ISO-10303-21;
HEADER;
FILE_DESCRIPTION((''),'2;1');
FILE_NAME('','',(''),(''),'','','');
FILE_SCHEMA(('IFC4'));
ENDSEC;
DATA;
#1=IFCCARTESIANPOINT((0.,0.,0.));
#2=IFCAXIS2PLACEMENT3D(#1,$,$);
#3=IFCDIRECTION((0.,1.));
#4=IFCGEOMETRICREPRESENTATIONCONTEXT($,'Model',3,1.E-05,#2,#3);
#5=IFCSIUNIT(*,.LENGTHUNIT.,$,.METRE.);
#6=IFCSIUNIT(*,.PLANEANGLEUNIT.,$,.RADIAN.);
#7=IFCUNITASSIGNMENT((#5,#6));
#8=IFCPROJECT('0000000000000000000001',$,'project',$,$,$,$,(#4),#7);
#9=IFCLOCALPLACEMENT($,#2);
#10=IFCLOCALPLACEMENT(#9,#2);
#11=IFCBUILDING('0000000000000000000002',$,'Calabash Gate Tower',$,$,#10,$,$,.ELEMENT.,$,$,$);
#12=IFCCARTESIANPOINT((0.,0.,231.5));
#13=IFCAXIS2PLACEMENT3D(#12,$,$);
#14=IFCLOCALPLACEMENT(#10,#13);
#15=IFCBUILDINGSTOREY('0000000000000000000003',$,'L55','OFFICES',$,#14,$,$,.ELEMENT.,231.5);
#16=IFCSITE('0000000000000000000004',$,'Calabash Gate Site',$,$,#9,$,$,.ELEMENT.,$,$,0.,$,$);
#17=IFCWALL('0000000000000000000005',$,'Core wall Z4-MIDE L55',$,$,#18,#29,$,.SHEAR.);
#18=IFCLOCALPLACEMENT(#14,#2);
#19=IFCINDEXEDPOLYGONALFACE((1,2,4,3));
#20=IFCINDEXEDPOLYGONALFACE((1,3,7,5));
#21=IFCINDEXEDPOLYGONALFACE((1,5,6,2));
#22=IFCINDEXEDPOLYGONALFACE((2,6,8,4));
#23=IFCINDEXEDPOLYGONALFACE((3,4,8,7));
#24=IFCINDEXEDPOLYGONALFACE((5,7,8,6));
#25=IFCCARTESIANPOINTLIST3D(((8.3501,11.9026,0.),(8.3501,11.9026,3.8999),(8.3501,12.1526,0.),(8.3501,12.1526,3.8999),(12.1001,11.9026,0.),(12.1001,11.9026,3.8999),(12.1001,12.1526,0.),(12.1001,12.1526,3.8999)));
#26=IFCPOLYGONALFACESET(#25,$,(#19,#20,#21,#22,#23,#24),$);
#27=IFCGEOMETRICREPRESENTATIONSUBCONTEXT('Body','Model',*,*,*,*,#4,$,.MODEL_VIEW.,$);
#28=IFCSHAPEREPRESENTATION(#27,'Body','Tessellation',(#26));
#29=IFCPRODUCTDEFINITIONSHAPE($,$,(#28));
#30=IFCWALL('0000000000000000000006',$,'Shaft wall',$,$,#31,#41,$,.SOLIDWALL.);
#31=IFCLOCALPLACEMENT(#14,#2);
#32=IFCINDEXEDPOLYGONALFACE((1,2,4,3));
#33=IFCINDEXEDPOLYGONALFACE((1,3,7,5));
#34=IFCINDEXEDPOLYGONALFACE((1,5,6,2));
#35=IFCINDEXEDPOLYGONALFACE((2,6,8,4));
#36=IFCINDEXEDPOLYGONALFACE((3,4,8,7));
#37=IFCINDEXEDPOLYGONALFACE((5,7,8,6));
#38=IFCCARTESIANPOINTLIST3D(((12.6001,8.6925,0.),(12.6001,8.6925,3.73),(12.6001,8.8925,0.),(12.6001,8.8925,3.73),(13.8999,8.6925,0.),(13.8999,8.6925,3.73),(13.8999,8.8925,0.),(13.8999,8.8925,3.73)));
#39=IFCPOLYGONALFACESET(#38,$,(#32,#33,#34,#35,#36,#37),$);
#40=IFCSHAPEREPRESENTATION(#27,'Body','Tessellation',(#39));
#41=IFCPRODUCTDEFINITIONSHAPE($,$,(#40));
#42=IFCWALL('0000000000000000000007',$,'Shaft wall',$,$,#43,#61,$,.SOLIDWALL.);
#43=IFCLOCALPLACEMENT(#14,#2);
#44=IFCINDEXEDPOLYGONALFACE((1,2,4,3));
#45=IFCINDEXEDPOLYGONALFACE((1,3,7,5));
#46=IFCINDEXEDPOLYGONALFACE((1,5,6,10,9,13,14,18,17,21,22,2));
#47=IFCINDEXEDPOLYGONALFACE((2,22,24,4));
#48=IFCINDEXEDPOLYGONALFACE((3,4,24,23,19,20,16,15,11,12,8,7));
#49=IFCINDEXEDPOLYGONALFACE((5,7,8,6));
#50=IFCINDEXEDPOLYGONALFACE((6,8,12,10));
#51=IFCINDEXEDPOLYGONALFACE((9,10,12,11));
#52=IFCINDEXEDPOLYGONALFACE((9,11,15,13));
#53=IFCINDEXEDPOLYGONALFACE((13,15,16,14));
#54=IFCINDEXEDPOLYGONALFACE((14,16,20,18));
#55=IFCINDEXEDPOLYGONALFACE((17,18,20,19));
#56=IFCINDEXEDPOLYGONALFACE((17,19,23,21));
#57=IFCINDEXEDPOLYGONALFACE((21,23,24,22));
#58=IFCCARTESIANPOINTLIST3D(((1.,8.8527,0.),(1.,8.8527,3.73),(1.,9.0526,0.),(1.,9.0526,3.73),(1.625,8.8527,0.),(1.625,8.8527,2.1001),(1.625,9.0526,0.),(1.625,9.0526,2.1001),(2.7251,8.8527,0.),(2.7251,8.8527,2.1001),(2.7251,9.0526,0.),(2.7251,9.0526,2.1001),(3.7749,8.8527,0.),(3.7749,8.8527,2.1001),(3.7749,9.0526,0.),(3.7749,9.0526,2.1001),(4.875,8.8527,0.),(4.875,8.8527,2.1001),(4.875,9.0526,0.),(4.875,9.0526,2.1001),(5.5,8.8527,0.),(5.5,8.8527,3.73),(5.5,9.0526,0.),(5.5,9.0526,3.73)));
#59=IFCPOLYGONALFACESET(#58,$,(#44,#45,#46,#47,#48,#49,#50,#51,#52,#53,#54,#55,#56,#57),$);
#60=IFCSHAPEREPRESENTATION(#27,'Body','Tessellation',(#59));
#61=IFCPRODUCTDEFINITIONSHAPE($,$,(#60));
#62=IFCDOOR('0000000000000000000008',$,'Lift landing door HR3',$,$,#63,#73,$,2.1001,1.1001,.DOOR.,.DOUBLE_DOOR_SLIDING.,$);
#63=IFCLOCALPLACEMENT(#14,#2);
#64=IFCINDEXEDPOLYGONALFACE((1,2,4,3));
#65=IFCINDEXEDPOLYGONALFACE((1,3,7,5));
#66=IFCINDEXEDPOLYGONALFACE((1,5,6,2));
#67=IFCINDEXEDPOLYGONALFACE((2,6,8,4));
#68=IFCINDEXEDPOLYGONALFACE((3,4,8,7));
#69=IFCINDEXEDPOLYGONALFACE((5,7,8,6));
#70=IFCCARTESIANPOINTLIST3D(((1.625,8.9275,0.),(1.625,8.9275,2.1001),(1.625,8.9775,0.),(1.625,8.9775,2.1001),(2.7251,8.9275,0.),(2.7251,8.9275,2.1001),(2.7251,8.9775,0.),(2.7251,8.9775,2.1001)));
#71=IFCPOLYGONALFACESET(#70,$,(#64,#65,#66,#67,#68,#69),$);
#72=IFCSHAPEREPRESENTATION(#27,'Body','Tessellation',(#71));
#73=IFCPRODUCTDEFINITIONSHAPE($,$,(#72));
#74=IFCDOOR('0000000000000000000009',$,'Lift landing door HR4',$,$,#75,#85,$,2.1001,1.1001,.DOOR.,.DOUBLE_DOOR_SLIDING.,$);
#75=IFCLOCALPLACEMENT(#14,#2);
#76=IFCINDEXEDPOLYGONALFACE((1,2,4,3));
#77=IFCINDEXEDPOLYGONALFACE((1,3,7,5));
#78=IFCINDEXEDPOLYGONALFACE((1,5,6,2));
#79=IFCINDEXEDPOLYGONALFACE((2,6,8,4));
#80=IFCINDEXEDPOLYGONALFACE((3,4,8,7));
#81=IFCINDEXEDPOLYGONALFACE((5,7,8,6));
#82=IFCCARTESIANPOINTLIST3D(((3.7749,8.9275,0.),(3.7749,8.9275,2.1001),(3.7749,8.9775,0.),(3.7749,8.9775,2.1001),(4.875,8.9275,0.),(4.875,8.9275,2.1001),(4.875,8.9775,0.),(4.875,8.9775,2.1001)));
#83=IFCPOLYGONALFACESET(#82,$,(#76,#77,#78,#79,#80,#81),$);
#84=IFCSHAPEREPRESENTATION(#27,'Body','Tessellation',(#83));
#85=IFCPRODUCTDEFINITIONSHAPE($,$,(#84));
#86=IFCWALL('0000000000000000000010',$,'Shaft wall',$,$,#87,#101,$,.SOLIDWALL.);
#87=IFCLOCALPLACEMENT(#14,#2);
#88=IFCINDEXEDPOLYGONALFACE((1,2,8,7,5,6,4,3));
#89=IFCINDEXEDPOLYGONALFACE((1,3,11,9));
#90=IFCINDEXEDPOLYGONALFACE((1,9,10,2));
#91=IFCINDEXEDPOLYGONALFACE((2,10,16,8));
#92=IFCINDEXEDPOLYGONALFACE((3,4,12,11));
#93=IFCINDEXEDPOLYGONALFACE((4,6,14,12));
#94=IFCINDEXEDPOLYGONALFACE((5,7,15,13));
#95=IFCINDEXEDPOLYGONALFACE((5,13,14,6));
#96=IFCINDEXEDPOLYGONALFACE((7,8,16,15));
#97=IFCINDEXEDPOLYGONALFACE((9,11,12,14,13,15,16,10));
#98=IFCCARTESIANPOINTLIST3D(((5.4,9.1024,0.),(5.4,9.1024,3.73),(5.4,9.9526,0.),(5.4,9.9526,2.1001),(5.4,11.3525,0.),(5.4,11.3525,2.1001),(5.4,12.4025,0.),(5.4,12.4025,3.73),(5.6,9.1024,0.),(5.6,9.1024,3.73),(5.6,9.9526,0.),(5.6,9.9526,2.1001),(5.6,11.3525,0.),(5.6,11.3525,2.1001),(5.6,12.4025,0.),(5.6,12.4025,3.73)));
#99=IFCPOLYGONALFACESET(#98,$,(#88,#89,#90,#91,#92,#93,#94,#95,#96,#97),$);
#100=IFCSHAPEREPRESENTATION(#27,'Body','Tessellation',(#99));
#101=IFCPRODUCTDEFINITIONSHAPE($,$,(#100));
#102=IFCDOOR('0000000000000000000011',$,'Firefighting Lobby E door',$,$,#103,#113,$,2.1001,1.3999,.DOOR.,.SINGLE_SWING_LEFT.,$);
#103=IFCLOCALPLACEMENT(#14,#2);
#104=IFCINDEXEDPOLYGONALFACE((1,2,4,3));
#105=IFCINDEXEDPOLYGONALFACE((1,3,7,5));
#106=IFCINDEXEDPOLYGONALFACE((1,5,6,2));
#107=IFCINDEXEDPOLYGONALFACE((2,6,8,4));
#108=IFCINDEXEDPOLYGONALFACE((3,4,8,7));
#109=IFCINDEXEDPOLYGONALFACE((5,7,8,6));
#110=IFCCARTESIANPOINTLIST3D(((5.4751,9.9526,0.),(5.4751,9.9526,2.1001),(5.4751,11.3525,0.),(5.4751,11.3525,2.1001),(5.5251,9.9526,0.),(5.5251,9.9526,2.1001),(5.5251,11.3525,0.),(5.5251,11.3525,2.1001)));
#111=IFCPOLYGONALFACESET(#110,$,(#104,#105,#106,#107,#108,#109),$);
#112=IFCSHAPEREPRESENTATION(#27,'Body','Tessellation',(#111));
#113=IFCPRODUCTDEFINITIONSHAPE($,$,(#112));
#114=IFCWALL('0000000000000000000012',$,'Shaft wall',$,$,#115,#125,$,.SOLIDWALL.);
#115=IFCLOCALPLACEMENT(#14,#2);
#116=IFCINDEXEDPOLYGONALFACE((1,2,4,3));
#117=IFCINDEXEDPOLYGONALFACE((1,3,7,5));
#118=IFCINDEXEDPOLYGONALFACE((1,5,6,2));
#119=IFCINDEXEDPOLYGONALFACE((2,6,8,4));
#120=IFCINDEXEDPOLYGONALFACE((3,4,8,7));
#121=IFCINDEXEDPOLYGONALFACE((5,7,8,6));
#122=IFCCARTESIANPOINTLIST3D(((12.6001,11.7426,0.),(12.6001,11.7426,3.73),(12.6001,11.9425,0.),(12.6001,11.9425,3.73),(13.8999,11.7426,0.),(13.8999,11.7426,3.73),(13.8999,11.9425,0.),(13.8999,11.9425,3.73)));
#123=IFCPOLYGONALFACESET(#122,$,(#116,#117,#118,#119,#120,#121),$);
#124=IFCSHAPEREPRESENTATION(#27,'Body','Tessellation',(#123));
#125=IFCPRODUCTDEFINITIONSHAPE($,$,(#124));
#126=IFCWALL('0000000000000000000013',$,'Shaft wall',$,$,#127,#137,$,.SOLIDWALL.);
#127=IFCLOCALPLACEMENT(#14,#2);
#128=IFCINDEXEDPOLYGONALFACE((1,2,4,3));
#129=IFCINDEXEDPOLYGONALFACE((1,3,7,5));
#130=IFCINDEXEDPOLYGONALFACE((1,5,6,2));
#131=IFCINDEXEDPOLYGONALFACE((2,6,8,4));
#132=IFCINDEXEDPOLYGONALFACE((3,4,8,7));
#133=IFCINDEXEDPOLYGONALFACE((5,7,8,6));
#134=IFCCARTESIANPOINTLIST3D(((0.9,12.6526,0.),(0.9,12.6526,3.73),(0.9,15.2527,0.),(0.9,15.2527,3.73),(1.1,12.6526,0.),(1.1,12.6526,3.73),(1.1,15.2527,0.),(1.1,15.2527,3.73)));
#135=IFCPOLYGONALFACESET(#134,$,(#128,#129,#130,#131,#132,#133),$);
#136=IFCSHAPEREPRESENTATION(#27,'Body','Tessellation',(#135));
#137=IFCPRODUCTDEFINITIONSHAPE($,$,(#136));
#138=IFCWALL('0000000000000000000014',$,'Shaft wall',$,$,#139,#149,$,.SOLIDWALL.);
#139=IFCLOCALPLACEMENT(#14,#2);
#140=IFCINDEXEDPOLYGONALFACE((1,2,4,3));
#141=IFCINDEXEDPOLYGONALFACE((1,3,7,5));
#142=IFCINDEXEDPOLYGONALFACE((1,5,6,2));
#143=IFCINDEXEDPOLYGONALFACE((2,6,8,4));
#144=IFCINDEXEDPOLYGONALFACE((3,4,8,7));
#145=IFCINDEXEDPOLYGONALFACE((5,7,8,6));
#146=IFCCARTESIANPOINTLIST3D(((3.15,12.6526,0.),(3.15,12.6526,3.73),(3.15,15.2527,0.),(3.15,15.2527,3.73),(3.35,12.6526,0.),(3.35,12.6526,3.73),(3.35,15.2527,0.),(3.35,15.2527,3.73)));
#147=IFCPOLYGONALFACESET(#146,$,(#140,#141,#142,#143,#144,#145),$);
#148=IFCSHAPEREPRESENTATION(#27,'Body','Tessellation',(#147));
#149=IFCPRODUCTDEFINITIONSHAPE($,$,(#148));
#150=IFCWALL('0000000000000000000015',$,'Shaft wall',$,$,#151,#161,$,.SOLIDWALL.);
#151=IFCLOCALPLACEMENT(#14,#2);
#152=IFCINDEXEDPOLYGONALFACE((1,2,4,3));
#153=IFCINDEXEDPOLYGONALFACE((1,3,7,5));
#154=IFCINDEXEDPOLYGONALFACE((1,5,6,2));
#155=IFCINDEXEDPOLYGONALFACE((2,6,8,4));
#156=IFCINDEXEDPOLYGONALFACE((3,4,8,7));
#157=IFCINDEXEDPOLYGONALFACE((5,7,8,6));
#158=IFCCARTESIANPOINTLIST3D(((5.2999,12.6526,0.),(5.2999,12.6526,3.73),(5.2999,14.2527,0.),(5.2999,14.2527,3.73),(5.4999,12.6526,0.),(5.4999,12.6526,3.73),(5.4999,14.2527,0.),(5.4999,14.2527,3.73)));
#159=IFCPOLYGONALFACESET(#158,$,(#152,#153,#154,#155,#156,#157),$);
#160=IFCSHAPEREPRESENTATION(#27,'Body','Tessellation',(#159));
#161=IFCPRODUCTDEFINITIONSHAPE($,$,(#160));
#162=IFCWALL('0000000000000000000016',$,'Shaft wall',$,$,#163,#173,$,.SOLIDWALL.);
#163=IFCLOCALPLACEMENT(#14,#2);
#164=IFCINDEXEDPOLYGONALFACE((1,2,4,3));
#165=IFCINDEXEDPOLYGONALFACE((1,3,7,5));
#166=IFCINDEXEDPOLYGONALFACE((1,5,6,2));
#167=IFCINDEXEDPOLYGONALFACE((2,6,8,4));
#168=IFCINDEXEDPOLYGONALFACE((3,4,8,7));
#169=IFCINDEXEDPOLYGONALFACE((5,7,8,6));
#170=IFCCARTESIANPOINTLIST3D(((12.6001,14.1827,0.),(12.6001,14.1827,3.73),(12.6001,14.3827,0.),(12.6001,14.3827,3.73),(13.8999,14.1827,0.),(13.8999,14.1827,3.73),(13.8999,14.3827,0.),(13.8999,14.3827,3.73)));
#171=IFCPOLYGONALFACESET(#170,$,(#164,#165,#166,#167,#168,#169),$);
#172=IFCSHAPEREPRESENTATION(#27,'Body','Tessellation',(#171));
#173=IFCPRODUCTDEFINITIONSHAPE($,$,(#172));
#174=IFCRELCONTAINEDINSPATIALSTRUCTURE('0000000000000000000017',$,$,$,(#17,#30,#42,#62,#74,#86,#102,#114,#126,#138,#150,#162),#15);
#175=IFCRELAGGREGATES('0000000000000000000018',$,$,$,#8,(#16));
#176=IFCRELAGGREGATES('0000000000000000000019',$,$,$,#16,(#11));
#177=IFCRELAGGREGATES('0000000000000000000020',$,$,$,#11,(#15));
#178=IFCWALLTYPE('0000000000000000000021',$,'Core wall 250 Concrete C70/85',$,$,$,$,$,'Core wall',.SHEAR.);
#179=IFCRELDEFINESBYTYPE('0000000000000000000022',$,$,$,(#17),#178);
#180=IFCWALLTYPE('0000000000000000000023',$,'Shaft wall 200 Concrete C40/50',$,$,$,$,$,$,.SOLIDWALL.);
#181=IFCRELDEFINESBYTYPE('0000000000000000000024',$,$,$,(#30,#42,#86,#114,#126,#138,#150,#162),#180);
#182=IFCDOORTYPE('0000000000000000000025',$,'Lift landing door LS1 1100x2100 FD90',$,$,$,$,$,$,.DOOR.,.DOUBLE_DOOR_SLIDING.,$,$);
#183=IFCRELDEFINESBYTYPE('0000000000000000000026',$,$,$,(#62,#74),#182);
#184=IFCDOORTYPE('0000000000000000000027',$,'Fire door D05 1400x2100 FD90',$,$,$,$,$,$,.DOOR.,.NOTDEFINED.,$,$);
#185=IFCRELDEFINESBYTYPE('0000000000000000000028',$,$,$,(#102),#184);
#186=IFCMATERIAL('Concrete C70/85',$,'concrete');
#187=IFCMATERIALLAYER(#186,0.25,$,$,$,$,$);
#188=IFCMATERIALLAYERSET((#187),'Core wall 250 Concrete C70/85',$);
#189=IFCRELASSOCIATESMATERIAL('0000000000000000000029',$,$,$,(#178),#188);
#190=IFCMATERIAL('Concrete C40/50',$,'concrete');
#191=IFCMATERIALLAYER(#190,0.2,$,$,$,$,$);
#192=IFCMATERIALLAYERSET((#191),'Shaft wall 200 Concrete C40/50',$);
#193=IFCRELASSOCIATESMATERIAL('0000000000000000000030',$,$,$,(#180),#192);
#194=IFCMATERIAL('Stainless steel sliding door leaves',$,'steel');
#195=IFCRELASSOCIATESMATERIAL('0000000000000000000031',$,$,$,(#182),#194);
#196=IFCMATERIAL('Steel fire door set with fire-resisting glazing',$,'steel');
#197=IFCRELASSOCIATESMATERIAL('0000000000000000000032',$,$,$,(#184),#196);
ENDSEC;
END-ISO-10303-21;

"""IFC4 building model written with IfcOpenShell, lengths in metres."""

from ifc_helpers import new_model, si_unit, direction, frame, frame_2d, origin, place, context, subcontext, project, spatial, rectangle, extrude, material, layer, layer_set, type_object, element, fill, save


model = new_model("IFC4")

# Units and contexts
model_context = context("Model", 3, precision=1e-05, world=origin(), true_north=direction((0.0, 1.0)))
body_context = subcontext(model_context, "Body", "Model", "MODEL_VIEW")
ifc_project = project(units=[si_unit("LENGTHUNIT", "METRE"), si_unit("PLANEANGLEUNIT", "RADIAN")], contexts=[model_context])

# Site, building, storey
site_placement = place(None, origin())
site = spatial("IfcSite", under=ifc_project, at=site_placement, Name="Calabash Gate Site", CompositionType="ELEMENT", RefElevation=0.0)
building_placement = place(site_placement, origin())
building = spatial("IfcBuilding", under=site, at=building_placement, Name="Calabash Gate Tower", CompositionType="ELEMENT")
storey_placement = place(building_placement, frame((0.0, 0.0, 231.5)))
storey = spatial("IfcBuildingStorey", under=building, at=storey_placement, Name="L55", Description="OFFICES", CompositionType="ELEMENT", Elevation=231.5)

# Walls
ifc_material_1 = material(Name="Concrete C70/85", Category="concrete")
ifc_layer_1 = layer(ifc_material_1, 0.25)
ifc_layer_set_1 = layer_set([ifc_layer_1], Name="Core wall 250 Concrete C70/85")
wall_type_1 = type_object("IfcWallType", Name="Core wall 250 Concrete C70/85", ElementType="Core wall", PredefinedType="SHEAR", material=ifc_layer_set_1)
wall_1_placement = place(storey_placement, frame((8.3501, 12.0276, 0.0), z_axis=(0.0, 0.0, 1.0), x_axis=(1.0, 0.0, 0.0)))
element("IfcWall", 1, at=wall_1_placement, inside=storey, type_object=wall_type_1, Name="Core wall Z4-MIDE L55", PredefinedType="SHEAR", context=body_context, shape_type="SweptSolid", body=[
    extrude(rectangle(XDim=3.75, YDim=0.25, at=frame_2d((1.875, 0.0))), origin(), (0.0, 0.0, 1.0), 3.8999),
])
ifc_material_2 = material(Name="Concrete C40/50", Category="concrete")
ifc_layer_2 = layer(ifc_material_2, 0.2)
ifc_layer_set_2 = layer_set([ifc_layer_2], Name="Shaft wall 200 Concrete C40/50")
wall_type_2 = type_object("IfcWallType", Name="Shaft wall 200 Concrete C40/50", PredefinedType="SOLIDWALL", material=ifc_layer_set_2)
wall_2_placement = place(storey_placement, frame((12.6001, 8.7925, 0.0), z_axis=(0.0, 0.0, 1.0), x_axis=(1.0, 0.0, 0.0)))
element("IfcWall", 2, at=wall_2_placement, inside=storey, type_object=wall_type_2, Name="Shaft wall", PredefinedType="SOLIDWALL", context=body_context, shape_type="SweptSolid", body=[
    extrude(rectangle(XDim=1.2998, YDim=0.2, at=frame_2d((0.6499, 0.0))), origin(), (0.0, 0.0, 1.0), 3.73),
])

# Wall, openings, doors
wall_3_placement = place(storey_placement, frame((1.0, 8.9526, 0.0), z_axis=(0.0, 0.0, 1.0), x_axis=(1.0, 0.0, 0.0)))
wall_3 = element("IfcWall", 3, at=wall_3_placement, inside=storey, type_object=wall_type_2, Name="Shaft wall", PredefinedType="SOLIDWALL", context=body_context, shape_type="SweptSolid", body=[
    extrude(rectangle(XDim=4.5, YDim=0.2, at=frame_2d((2.25, 0.0))), origin(), (0.0, 0.0, 1.0), 3.73),
])
opening_1_placement = place(wall_3_placement, frame((0.625, 0.0, 0.0)))
opening_1 = element("IfcOpeningElement", 4, at=opening_1_placement, cuts=wall_3, PredefinedType="OPENING", context=body_context, shape_type="SweptSolid", body=[
    extrude(rectangle(XDim=1.1001, YDim=2.1001, at=frame_2d((0.55, 1.05))), frame((0.0, 0.1099, 0.0), z_axis=(0.0, -1.0, 0.0), x_axis=(1.0, 0.0, 0.0)), (0.0, 0.0, 1.0), 0.22),
])
opening_2_placement = place(wall_3_placement, frame((2.7749, 0.0, 0.0)))
opening_2 = element("IfcOpeningElement", 5, at=opening_2_placement, cuts=wall_3, PredefinedType="OPENING", context=body_context, shape_type="SweptSolid", body=[
    extrude(rectangle(XDim=1.1001, YDim=2.1001, at=frame_2d((0.55, 1.05))), frame((0.0, 0.1099, 0.0), z_axis=(0.0, -1.0, 0.0), x_axis=(1.0, 0.0, 0.0)), (0.0, 0.0, 1.0), 0.22),
])
ifc_material_3 = material(Name="Stainless steel sliding door leaves", Category="steel")
door_type_1 = type_object("IfcDoorType", Name="Lift landing door LS1 1100x2100 FD90", OperationType="DOUBLE_DOOR_SLIDING", PredefinedType="DOOR", material=ifc_material_3)
door_1_placement = place(opening_1_placement, origin())
door_1 = element("IfcDoor", 6, at=door_1_placement, inside=storey, type_object=door_type_1, Name="Lift landing door HR3", OperationType="DOUBLE_DOOR_SLIDING", OverallHeight=2.1001, OverallWidth=1.1001, PredefinedType="DOOR", context=body_context, shape_type="SweptSolid", body=[
    extrude(rectangle(XDim=1.1001, YDim=2.1001, at=frame_2d((0.55, 1.05))), frame((0.0, 0.0249, 0.0), z_axis=(0.0, -1.0, 0.0), x_axis=(1.0, 0.0, 0.0)), (0.0, 0.0, 1.0), 0.05),
])
fill(opening_1, door_1)
door_2_placement = place(opening_2_placement, origin())
door_2 = element("IfcDoor", 7, at=door_2_placement, inside=storey, type_object=door_type_1, Name="Lift landing door HR4", OperationType="DOUBLE_DOOR_SLIDING", OverallHeight=2.1001, OverallWidth=1.1001, PredefinedType="DOOR", context=body_context, shape_type="SweptSolid", body=[
    extrude(rectangle(XDim=1.1001, YDim=2.1001, at=frame_2d((0.55, 1.05))), frame((0.0, 0.0249, 0.0), z_axis=(0.0, -1.0, 0.0), x_axis=(1.0, 0.0, 0.0)), (0.0, 0.0, 1.0), 0.05),
])
fill(opening_2, door_2)

# Wall, opening, door
wall_4_placement = place(storey_placement, frame((5.5, 9.1025, 0.0), z_axis=(0.0, 0.0, 1.0), x_axis=(0.0, 1.0, 0.0)))
wall_4 = element("IfcWall", 8, at=wall_4_placement, inside=storey, type_object=wall_type_2, Name="Shaft wall", PredefinedType="SOLIDWALL", context=body_context, shape_type="SweptSolid", body=[
    extrude(rectangle(XDim=3.3, YDim=0.2, at=frame_2d((1.6499, 0.0))), origin(), (0.0, 0.0, 1.0), 3.73),
])
opening_3_placement = place(wall_4_placement, frame((0.8501, 0.0, 0.0)))
opening_3 = element("IfcOpeningElement", 9, at=opening_3_placement, cuts=wall_4, PredefinedType="OPENING", context=body_context, shape_type="SweptSolid", body=[
    extrude(rectangle(XDim=1.3999, YDim=2.1001, at=frame_2d((0.7, 1.05))), frame((0.0, 0.1099, 0.0), z_axis=(0.0, -1.0, 0.0), x_axis=(1.0, 0.0, 0.0)), (0.0, 0.0, 1.0), 0.22),
])
ifc_material_4 = material(Name="Steel fire door set with fire-resisting glazing", Category="steel")
door_type_2 = type_object("IfcDoorType", Name="Fire door D05 1400x2100 FD90", OperationType="NOTDEFINED", PredefinedType="DOOR", material=ifc_material_4)
door_3_placement = place(opening_3_placement, origin())
door_3 = element("IfcDoor", 10, at=door_3_placement, inside=storey, type_object=door_type_2, Name="Firefighting Lobby E door", OperationType="SINGLE_SWING_LEFT", OverallHeight=2.1001, OverallWidth=1.3999, PredefinedType="DOOR", context=body_context, shape_type="SweptSolid", body=[
    extrude(rectangle(XDim=1.3999, YDim=2.1001, at=frame_2d((0.7, 1.05))), frame((0.0, 0.0249, 0.0), z_axis=(0.0, -1.0, 0.0), x_axis=(1.0, 0.0, 0.0)), (0.0, 0.0, 1.0), 0.05),
])
fill(opening_3, door_3)

# Walls
wall_5_placement = place(storey_placement, frame((12.6001, 11.8425, 0.0), z_axis=(0.0, 0.0, 1.0), x_axis=(1.0, 0.0, 0.0)))
element("IfcWall", 11, at=wall_5_placement, inside=storey, type_object=wall_type_2, Name="Shaft wall", PredefinedType="SOLIDWALL", context=body_context, shape_type="SweptSolid", body=[
    extrude(rectangle(XDim=1.2998, YDim=0.2, at=frame_2d((0.6499, 0.0))), origin(), (0.0, 0.0, 1.0), 3.73),
])
for number, where, z_axis, x_axis, name in (
    (12, (1.0, 12.6526, 0.0), (0.0, 0.0, 1.0), (0.0, 1.0, 0.0), "Shaft wall"),
    (13, (3.25, 12.6526, 0.0), (0.0, 0.0, 1.0), (0.0, 1.0, 0.0), "Shaft wall"),
):
    element("IfcWall", number, at=place(storey_placement, frame(where, z_axis=z_axis, x_axis=x_axis)), inside=storey, type_object=wall_type_2, Name=name, PredefinedType="SOLIDWALL", context=body_context, shape_type="SweptSolid", body=[
        extrude(rectangle(XDim=2.6001, YDim=0.2, at=frame_2d((1.3, 0.0))), origin(), (0.0, 0.0, 1.0), 3.73),
    ])
wall_6_placement = place(storey_placement, frame((5.3999, 12.6526, 0.0), z_axis=(0.0, 0.0, 1.0), x_axis=(0.0, 1.0, 0.0)))
element("IfcWall", 14, at=wall_6_placement, inside=storey, type_object=wall_type_2, Name="Shaft wall", PredefinedType="SOLIDWALL", context=body_context, shape_type="SweptSolid", body=[
    extrude(rectangle(XDim=1.6001, YDim=0.2, at=frame_2d((0.8, 0.0))), origin(), (0.0, 0.0, 1.0), 3.73),
])
wall_7_placement = place(storey_placement, frame((12.6001, 14.2827, 0.0), z_axis=(0.0, 0.0, 1.0), x_axis=(1.0, 0.0, 0.0)))
element("IfcWall", 15, at=wall_7_placement, inside=storey, type_object=wall_type_2, Name="Shaft wall", PredefinedType="SOLIDWALL", context=body_context, shape_type="SweptSolid", body=[
    extrude(rectangle(XDim=1.2998, YDim=0.2, at=frame_2d((0.6499, 0.0))), origin(), (0.0, 0.0, 1.0), 3.73),
])

save(model, "model.ifc")
